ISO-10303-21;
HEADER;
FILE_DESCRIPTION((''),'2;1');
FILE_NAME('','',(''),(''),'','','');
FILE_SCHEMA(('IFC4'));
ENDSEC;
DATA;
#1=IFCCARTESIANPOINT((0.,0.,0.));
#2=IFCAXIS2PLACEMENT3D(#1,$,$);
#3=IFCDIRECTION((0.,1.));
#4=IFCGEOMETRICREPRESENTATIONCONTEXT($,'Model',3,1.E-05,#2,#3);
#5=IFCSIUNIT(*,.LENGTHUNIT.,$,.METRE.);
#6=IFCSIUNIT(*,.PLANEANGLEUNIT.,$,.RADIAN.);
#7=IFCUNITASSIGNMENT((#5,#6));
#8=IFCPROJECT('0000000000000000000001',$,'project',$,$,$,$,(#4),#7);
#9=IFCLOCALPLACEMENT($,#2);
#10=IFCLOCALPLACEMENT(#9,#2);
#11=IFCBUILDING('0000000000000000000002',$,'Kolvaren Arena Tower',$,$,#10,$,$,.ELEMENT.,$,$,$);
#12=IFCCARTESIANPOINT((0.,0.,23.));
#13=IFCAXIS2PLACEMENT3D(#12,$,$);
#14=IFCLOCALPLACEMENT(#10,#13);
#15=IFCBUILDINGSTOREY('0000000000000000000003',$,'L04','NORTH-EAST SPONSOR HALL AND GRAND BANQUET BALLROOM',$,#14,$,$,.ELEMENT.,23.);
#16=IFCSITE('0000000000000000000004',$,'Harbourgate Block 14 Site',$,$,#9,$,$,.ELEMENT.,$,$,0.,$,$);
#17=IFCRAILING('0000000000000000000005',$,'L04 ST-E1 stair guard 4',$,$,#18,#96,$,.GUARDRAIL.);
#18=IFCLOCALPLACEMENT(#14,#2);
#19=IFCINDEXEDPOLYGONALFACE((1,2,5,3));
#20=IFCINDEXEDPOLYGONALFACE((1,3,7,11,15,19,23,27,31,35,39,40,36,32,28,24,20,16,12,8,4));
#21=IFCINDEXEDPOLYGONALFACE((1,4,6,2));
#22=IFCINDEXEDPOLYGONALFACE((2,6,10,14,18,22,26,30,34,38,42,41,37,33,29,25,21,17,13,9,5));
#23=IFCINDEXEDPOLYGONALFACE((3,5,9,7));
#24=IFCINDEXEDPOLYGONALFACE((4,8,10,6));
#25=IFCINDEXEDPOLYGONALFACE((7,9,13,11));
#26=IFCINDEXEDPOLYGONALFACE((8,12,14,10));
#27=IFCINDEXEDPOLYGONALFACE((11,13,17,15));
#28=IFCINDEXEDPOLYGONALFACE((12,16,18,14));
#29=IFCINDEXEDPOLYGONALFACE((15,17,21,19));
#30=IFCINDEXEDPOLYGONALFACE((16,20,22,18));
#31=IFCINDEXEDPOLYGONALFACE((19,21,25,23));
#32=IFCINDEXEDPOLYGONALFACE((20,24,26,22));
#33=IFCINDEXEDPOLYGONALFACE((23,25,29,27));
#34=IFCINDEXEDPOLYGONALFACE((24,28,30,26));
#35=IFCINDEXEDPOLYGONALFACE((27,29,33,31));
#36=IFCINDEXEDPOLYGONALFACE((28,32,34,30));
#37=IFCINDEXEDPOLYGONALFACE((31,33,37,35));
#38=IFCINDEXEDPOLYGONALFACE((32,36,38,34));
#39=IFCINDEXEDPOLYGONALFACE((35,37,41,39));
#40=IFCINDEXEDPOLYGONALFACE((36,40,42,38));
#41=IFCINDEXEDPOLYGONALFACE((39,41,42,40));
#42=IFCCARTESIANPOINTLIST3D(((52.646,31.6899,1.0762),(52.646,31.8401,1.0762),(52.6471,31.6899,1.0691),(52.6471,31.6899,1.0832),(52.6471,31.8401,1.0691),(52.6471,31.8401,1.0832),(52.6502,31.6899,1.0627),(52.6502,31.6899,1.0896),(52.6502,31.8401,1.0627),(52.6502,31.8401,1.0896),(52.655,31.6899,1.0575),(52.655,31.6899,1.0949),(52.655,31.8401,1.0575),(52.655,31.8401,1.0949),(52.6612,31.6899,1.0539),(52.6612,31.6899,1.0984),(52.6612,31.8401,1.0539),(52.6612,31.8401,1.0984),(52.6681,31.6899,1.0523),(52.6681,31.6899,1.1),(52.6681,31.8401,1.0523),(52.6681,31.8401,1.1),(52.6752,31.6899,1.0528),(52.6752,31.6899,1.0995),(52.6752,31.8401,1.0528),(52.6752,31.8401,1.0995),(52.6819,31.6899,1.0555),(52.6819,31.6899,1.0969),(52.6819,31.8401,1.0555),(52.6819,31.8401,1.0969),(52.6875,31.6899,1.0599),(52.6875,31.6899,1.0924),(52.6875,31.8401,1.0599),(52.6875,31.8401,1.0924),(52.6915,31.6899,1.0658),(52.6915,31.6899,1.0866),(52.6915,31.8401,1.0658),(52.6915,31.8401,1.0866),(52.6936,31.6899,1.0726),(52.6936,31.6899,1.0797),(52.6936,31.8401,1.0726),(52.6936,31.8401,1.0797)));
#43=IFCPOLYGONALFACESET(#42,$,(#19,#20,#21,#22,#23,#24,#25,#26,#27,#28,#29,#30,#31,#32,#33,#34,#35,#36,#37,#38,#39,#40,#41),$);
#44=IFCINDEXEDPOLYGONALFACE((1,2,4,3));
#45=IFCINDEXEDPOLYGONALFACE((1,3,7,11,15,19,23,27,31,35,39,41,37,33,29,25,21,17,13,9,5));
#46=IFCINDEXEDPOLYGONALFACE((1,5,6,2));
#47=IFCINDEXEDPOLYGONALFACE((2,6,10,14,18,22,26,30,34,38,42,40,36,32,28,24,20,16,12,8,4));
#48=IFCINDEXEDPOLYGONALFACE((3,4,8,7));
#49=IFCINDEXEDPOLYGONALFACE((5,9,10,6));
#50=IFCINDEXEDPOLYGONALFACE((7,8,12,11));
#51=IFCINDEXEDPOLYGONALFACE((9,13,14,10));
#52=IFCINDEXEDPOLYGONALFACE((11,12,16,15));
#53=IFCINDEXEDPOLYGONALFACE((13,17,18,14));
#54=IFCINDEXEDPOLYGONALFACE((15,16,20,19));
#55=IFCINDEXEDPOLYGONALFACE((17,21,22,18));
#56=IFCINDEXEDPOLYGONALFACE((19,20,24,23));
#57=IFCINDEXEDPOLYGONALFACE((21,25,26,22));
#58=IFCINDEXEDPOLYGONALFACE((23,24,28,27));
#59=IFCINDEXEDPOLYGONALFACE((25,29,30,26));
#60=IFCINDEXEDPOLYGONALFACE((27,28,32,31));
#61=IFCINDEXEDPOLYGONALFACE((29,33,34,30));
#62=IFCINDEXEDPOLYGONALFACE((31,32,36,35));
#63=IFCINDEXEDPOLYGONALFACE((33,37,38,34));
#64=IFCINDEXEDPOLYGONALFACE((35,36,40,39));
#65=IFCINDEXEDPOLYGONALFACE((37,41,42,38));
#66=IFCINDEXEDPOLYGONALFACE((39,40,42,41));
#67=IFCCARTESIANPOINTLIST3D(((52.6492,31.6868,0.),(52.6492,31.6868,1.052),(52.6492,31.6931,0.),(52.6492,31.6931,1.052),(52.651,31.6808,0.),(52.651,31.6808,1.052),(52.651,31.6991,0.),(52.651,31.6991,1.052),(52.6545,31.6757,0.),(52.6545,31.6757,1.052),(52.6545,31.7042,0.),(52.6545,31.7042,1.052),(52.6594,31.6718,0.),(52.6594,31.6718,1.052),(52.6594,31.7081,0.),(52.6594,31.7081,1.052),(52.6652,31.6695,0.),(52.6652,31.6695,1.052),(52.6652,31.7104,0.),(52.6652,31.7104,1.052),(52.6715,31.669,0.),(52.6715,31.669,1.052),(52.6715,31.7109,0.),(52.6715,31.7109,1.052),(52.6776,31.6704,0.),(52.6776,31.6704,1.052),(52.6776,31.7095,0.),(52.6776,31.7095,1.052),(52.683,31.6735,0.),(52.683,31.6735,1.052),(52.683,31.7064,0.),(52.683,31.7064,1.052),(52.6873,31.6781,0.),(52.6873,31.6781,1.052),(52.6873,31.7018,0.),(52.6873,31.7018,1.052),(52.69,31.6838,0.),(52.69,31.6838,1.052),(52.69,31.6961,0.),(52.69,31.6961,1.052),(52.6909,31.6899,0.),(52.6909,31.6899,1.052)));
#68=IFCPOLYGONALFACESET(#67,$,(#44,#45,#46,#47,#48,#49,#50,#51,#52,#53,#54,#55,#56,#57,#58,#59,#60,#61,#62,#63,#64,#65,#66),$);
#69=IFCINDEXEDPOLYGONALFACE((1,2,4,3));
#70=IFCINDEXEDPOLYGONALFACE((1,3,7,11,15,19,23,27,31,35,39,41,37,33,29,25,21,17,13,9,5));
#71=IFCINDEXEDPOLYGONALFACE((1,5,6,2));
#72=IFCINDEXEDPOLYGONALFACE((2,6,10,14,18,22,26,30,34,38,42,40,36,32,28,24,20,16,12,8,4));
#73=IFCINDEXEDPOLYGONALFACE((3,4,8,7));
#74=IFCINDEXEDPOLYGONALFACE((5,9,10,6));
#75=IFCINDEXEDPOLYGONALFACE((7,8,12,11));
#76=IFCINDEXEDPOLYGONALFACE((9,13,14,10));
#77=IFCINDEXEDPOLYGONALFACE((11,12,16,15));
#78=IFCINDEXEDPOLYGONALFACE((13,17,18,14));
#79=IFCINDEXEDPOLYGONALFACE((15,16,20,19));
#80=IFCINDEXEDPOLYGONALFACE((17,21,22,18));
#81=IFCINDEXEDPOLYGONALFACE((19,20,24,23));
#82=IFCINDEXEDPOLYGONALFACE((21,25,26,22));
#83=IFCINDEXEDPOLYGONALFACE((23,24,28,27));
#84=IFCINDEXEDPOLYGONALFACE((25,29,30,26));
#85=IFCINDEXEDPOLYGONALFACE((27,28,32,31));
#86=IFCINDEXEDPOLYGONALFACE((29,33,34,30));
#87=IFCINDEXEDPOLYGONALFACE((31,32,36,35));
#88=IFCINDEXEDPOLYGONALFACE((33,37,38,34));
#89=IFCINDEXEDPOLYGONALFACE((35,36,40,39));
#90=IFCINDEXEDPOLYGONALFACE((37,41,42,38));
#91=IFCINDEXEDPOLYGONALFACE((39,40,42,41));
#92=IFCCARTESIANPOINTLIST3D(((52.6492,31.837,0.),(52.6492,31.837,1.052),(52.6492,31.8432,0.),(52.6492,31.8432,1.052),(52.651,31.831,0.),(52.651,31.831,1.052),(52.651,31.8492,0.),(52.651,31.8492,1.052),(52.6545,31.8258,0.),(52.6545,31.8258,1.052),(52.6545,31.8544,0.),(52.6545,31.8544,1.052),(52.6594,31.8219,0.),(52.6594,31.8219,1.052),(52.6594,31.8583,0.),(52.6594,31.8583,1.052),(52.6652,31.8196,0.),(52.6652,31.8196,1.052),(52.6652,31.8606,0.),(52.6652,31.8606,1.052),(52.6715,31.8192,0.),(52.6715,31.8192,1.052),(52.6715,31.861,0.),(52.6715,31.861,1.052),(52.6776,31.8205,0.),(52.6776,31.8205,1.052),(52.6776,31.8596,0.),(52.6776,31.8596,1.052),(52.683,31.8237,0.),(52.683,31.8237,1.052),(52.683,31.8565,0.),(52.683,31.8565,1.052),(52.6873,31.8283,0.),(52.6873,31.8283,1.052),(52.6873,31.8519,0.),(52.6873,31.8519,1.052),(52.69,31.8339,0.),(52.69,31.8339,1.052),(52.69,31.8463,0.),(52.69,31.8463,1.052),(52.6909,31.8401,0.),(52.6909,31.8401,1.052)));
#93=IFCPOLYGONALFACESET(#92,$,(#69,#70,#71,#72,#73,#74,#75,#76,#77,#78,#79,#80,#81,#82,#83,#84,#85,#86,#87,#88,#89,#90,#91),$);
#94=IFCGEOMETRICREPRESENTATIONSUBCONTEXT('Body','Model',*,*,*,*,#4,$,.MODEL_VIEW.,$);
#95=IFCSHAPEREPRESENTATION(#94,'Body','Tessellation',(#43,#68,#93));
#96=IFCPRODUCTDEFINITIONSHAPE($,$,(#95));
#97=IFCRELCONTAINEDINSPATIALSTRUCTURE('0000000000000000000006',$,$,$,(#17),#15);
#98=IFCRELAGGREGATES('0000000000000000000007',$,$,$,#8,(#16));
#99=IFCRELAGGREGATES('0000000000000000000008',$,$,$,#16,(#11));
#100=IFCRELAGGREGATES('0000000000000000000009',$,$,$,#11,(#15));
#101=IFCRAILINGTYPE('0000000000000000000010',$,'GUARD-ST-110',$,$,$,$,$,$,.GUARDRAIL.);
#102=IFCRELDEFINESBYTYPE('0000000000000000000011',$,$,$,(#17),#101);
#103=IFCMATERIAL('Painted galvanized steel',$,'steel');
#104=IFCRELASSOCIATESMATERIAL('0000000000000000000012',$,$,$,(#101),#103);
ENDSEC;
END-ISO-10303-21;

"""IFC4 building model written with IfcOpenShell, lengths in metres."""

from ifc_helpers import new_model, si_unit, direction, frame, origin, origin_2d, place, context, subcontext, project, spatial, circle, extrude, material, type_object, element, save


model = new_model("IFC4")

# Units and contexts
model_context = context("Model", 3, precision=1e-05, world=origin(), true_north=direction((0.0, 1.0)))
body_context = subcontext(model_context, "Body", "Model", "MODEL_VIEW")
ifc_project = project(units=[si_unit("LENGTHUNIT", "METRE"), si_unit("PLANEANGLEUNIT", "RADIAN")], contexts=[model_context])

# Site, building, storey
site_placement = place(None, origin())
site = spatial("IfcSite", under=ifc_project, at=site_placement, Name="Harbourgate Block 14 Site", CompositionType="ELEMENT", RefElevation=0.0)
building_placement = place(site_placement, origin())
building = spatial("IfcBuilding", under=site, at=building_placement, Name="Kolvaren Arena Tower", CompositionType="ELEMENT")
storey_placement = place(building_placement, frame((0.0, 0.0, 23.0)))
storey = spatial("IfcBuildingStorey", under=building, at=storey_placement, Name="L04", Description="NORTH-EAST SPONSOR HALL AND GRAND BANQUET BALLROOM", CompositionType="ELEMENT", Elevation=23.0)

# Railing
ifc_material_1 = material(Name="Painted galvanized steel", Category="steel")
railing_type_1 = type_object("IfcRailingType", Name="GUARD-ST-110", PredefinedType="GUARDRAIL", material=ifc_material_1)
railing_1_placement = place(storey_placement, frame((52.6699, 31.6899, 0.0)))
element("IfcRailing", 1, at=railing_1_placement, inside=storey, type_object=railing_type_1, Name="L04 ST-E1 stair guard 4", PredefinedType="GUARDRAIL", context=body_context, shape_type="SweptSolid", body=[
    extrude(circle(Radius=0.0239, at=origin_2d()), frame((0.0, 0.0, 1.0762), z_axis=(0.0, 1.0, 0.0), x_axis=(-1.0, 0.0, 0.0)), (0.0, 0.0, 1.0), 0.1501),
    extrude(circle(Radius=0.021, at=origin_2d()), origin(), (0.0, 0.0, 1.0), 1.052),
    extrude(circle(Radius=0.021, at=origin_2d()), frame((0.0, 0.1501, 0.0)), (0.0, 0.0, 1.0), 1.052),
])

save(model, "model.ifc")
